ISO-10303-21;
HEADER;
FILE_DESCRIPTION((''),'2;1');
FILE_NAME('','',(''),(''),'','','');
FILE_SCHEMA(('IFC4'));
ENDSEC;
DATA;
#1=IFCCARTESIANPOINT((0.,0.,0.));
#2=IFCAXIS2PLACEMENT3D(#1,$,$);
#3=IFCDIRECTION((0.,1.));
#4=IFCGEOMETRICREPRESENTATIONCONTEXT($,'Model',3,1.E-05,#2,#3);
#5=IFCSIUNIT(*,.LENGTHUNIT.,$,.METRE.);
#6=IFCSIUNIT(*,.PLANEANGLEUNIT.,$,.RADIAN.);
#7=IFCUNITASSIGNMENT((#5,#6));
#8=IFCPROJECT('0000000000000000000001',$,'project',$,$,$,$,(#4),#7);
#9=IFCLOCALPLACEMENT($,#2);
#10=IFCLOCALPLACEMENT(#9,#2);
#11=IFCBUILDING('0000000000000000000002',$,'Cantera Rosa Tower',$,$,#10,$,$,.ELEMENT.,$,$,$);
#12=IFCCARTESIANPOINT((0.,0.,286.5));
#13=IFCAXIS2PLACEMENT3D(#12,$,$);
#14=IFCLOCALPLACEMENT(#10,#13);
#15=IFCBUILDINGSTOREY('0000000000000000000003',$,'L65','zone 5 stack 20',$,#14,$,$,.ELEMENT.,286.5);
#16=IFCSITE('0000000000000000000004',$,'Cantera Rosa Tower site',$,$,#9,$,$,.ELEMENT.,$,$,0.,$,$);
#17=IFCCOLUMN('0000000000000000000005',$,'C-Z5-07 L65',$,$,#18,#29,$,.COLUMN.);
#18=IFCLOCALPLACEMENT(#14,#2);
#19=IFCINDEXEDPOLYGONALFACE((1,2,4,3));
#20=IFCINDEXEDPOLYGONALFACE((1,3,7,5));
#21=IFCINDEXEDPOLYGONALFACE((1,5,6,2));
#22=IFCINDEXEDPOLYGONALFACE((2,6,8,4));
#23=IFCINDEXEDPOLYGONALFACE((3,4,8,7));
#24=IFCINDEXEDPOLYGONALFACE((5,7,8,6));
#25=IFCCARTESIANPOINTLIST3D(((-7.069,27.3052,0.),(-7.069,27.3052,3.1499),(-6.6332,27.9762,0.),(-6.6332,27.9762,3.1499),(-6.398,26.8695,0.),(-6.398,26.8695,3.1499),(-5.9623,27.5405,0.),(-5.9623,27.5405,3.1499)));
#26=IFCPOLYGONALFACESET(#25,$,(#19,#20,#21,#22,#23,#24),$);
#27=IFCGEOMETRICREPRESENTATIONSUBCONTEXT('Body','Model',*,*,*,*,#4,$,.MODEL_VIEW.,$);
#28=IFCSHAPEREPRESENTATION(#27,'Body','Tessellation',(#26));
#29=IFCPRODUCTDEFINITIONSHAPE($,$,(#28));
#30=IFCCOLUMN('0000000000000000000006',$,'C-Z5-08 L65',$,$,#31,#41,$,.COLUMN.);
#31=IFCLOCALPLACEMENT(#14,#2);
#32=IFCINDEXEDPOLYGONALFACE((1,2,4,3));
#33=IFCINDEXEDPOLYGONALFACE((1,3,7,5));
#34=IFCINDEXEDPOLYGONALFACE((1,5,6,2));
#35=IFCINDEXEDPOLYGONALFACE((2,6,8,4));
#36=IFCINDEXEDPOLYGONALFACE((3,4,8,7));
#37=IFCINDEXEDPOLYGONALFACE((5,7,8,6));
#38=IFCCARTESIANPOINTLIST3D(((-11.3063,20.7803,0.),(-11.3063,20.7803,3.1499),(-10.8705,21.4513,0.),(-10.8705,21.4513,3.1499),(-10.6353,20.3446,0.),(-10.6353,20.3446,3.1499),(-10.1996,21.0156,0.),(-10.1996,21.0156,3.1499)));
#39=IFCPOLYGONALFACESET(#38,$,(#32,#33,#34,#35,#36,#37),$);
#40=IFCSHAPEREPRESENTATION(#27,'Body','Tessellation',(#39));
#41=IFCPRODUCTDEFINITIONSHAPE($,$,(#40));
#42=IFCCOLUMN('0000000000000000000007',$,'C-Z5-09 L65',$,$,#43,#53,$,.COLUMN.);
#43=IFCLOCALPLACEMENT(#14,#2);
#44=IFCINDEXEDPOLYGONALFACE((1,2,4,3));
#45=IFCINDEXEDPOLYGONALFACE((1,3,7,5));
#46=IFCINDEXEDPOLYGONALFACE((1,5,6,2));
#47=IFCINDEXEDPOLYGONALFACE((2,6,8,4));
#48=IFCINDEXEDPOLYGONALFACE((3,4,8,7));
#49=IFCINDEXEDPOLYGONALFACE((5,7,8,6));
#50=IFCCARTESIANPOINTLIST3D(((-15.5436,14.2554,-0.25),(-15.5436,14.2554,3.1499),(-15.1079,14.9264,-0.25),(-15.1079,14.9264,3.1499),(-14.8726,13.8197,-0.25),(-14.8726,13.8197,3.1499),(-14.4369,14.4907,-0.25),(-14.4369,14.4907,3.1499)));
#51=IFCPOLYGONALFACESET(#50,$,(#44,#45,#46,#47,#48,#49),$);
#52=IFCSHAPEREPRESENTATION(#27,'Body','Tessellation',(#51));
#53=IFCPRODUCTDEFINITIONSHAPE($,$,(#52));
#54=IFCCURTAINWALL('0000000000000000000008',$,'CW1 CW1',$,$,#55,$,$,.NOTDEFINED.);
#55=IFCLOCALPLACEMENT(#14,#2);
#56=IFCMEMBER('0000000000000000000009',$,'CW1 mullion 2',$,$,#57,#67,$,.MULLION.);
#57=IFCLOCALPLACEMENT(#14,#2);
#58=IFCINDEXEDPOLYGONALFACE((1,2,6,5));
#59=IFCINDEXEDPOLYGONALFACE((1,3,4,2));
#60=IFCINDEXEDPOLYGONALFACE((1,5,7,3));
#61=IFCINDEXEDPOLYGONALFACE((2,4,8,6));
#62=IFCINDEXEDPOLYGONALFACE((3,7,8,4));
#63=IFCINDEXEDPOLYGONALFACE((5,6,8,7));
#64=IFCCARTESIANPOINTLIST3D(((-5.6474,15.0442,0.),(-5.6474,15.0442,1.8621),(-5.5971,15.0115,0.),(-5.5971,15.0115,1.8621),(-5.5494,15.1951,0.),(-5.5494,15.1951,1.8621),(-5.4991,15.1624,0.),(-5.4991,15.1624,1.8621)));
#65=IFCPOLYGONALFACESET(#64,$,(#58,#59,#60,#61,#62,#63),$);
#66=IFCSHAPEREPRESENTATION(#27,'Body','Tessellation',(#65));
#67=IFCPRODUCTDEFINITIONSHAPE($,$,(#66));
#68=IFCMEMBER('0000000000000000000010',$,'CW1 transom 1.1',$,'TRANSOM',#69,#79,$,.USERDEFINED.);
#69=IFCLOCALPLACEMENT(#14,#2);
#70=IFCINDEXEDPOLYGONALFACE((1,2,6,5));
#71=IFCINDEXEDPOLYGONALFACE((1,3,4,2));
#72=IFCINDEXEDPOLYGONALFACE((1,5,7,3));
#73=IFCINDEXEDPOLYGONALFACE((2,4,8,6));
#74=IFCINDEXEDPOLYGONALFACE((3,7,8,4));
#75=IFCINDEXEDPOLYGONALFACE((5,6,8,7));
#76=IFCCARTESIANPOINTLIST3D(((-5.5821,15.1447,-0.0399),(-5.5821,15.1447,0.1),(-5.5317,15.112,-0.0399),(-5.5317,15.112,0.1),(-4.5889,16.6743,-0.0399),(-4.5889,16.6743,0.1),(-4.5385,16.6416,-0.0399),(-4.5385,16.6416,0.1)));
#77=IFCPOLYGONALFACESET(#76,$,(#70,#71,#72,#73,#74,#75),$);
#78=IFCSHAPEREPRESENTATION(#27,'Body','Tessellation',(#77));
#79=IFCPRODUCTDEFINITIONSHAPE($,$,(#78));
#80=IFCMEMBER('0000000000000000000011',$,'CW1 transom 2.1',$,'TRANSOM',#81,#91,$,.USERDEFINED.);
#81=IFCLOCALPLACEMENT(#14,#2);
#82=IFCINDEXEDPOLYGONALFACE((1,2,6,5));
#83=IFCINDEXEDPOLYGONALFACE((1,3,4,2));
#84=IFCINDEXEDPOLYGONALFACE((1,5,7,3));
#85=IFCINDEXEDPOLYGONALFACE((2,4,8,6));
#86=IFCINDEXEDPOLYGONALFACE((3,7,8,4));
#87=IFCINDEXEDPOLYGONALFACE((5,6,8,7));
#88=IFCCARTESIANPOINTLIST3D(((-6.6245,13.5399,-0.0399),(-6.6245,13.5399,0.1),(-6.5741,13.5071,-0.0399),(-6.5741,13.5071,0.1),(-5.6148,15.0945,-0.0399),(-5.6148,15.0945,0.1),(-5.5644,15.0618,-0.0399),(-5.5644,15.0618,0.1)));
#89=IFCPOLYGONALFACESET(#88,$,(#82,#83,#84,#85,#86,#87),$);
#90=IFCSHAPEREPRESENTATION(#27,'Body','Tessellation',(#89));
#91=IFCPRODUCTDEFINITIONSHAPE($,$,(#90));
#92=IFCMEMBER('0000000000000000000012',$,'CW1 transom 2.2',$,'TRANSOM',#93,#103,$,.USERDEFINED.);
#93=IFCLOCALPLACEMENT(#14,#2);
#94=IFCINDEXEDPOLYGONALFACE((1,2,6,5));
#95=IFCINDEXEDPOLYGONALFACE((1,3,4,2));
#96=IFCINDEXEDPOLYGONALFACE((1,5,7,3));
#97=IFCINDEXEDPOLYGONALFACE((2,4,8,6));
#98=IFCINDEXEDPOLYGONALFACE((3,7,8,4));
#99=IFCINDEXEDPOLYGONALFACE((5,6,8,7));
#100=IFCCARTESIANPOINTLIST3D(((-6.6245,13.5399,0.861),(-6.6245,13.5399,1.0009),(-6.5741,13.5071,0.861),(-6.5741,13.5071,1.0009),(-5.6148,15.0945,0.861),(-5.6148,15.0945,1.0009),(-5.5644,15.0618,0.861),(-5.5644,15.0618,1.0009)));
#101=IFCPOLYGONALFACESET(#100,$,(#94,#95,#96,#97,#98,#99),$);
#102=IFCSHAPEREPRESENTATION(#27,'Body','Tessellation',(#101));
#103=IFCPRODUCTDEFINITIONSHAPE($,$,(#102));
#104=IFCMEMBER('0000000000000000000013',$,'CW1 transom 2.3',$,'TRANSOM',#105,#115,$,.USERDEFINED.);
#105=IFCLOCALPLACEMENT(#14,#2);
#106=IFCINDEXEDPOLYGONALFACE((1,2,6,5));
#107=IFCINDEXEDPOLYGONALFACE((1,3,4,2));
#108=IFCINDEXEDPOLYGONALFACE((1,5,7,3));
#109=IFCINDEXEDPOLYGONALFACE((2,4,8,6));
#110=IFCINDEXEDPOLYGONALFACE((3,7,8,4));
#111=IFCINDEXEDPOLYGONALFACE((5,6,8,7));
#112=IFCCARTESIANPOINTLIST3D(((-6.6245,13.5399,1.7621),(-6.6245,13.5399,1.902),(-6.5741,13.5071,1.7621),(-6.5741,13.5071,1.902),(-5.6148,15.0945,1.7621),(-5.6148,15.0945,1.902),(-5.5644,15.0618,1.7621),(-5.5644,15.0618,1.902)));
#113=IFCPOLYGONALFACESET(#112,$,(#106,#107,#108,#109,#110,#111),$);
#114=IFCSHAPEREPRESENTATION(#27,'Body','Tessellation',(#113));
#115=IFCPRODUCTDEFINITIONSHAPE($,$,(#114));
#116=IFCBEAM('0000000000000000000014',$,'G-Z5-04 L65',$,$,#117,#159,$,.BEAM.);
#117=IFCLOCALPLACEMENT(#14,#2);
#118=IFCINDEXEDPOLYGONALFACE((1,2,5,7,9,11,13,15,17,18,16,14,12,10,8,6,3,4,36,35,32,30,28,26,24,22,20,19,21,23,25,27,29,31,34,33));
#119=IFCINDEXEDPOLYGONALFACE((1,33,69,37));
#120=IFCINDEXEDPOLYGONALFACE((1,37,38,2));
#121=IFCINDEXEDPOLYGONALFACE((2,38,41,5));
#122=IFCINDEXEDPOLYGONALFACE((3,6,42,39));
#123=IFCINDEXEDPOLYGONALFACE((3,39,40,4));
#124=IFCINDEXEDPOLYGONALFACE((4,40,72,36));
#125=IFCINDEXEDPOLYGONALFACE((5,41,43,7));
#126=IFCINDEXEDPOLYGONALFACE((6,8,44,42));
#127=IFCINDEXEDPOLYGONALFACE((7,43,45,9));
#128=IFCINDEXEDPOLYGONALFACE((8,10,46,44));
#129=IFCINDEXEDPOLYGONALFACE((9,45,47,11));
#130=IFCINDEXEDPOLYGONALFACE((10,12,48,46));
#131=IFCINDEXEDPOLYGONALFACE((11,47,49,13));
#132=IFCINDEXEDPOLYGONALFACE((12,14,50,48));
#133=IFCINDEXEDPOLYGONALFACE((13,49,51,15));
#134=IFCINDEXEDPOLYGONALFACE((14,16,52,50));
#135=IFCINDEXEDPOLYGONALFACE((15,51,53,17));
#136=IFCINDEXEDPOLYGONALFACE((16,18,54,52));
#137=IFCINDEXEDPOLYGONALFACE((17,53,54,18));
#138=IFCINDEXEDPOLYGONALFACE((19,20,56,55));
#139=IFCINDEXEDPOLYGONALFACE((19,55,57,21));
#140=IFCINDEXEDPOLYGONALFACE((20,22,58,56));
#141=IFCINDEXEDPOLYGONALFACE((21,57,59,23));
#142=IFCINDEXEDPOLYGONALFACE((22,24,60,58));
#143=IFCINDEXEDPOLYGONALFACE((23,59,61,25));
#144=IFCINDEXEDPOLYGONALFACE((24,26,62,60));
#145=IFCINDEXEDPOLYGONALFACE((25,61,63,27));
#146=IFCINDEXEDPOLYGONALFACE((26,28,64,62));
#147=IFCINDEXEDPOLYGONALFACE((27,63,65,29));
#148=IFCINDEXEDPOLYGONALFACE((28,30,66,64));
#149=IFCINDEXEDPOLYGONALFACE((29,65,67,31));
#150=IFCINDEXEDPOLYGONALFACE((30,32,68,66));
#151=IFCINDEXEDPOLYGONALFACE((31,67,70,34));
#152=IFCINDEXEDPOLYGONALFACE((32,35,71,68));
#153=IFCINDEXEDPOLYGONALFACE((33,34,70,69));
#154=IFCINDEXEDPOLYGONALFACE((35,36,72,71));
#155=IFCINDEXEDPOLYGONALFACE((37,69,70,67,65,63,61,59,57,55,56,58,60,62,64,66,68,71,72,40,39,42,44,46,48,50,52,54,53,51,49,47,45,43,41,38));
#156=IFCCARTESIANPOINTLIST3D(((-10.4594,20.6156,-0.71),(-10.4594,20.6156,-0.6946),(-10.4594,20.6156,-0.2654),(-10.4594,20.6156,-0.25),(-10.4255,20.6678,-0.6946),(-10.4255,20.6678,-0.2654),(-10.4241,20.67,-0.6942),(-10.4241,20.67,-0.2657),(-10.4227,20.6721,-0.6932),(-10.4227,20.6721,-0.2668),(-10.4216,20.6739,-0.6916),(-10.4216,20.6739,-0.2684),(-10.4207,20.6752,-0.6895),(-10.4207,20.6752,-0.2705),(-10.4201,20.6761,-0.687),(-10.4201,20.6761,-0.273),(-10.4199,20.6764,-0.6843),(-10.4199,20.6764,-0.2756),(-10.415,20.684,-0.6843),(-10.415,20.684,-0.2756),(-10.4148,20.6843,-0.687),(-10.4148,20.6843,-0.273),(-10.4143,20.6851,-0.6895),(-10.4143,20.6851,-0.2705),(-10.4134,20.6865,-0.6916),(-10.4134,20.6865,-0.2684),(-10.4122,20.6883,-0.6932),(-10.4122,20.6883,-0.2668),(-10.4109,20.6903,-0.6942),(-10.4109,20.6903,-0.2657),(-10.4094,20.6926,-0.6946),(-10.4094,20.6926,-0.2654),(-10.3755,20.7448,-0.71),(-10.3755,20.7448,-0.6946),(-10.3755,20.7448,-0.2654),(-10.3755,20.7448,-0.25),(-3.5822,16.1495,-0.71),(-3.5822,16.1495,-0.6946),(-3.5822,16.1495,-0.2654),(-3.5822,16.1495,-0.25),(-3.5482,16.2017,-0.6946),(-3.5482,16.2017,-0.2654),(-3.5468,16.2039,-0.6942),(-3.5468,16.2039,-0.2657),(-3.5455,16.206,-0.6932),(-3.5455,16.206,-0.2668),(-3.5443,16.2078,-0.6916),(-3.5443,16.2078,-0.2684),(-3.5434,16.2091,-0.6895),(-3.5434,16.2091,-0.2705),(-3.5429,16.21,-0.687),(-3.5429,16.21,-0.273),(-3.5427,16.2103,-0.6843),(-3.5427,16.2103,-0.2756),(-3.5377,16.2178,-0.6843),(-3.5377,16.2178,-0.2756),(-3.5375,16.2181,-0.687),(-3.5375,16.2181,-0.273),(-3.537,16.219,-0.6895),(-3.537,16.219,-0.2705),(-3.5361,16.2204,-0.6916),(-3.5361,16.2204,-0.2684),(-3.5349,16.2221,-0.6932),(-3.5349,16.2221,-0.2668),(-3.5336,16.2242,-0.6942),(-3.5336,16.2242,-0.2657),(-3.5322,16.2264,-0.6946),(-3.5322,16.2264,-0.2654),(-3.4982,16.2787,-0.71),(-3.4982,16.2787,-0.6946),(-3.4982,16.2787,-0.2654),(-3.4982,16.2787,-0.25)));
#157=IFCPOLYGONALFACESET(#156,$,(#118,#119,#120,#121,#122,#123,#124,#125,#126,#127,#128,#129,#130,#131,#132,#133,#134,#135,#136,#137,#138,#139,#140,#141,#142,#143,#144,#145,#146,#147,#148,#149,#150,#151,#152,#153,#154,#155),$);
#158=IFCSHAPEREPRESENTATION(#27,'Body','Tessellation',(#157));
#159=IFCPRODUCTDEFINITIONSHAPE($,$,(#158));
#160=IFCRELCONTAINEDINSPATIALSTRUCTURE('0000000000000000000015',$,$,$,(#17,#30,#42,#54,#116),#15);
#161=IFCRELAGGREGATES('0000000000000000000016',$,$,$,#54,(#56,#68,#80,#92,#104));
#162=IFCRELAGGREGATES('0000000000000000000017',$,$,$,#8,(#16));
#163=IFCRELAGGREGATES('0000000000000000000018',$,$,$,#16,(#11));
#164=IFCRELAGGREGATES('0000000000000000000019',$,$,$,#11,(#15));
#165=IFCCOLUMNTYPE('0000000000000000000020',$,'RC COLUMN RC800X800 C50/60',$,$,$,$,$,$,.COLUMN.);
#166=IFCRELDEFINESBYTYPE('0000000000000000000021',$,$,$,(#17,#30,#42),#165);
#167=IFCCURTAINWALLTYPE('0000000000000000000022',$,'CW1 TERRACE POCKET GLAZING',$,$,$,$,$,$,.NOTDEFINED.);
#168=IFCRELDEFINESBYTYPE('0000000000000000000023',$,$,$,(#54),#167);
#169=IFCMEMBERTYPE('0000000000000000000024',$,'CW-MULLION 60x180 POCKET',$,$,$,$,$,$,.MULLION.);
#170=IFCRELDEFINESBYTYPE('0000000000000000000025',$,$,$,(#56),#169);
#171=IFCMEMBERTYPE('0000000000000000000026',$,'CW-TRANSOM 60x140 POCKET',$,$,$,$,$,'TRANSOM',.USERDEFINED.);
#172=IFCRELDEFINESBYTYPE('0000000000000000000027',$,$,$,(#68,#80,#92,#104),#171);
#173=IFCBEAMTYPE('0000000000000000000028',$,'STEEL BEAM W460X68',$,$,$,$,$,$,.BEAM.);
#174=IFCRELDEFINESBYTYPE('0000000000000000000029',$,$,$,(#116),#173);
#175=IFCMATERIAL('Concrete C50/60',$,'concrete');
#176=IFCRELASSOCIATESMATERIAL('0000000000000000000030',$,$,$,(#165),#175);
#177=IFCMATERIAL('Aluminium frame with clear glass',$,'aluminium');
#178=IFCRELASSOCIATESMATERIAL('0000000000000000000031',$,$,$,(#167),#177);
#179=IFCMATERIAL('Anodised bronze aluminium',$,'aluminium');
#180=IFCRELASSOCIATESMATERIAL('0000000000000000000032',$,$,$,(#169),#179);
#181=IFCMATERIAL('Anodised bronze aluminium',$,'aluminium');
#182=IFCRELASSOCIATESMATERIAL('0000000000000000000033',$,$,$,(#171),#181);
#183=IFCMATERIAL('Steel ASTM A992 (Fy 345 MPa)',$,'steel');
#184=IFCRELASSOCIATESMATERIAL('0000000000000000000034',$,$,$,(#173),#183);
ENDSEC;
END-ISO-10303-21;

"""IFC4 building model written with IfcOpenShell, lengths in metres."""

from ifc_helpers import new_model, si_unit, direction, frame, origin, origin_2d, place, context, subcontext, project, spatial, rectangle, i_section, extrude, material, material_profile, profile_set, type_object, element, aggregate, save


model = new_model("IFC4")

# Units and contexts
model_context = context("Model", 3, precision=1e-05, world=origin(), true_north=direction((0.0, 1.0)))
body_context = subcontext(model_context, "Body", "Model", "MODEL_VIEW")
ifc_project = project(units=[si_unit("LENGTHUNIT", "METRE"), si_unit("PLANEANGLEUNIT", "RADIAN")], contexts=[model_context])

# Site, building, storey
site_placement = place(None, origin())
site = spatial("IfcSite", under=ifc_project, at=site_placement, Name="Cantera Rosa Tower site", CompositionType="ELEMENT", RefElevation=0.0)
building_placement = place(site_placement, origin())
building = spatial("IfcBuilding", under=site, at=building_placement, Name="Cantera Rosa Tower", CompositionType="ELEMENT")
storey_placement = place(building_placement, frame((0.0, 0.0, 286.5)))
storey = spatial("IfcBuildingStorey", under=building, at=storey_placement, Name="L65", Description="zone 5 stack 20", CompositionType="ELEMENT", Elevation=286.5)

# Columns
ifc_material_1 = material(Name="Concrete C50/60", Category="concrete")
ifc_material_profile_1 = material_profile(ifc_material_1, rectangle(XDim=0.8, YDim=0.8, at=origin_2d()), Name="RC COLUMN RC800X800 C50/60")
ifc_profile_set_1 = profile_set([ifc_material_profile_1], Name="Concrete C50/60")
column_type = type_object("IfcColumnType", Name="RC COLUMN RC800X800 C50/60", PredefinedType="COLUMN", material=ifc_profile_set_1)
for number, where, z_axis, x_axis, name in (
    (1, (-6.5156, 27.4229, 0.0), (0.0, 0.0, 1.0), (0.544639, 0.838671, 0.0), "C-Z5-07 L65"),
    (2, (-10.7529, 20.8979, 0.0), (0.0, 0.0, 1.0), (0.544639, 0.838671, 0.0), "C-Z5-08 L65"),
):
    element("IfcColumn", number, at=place(storey_placement, frame(where, z_axis=z_axis, x_axis=x_axis)), inside=storey, type_object=column_type, Name=name, PredefinedType="COLUMN", context=body_context, shape_type="SweptSolid", body=[
        extrude(rectangle(XDim=0.8, YDim=0.8, at=origin_2d()), origin(), (0.0, 0.0, 1.0), 3.1499),
    ])
column_placement = place(storey_placement, frame((-14.9902, 14.373, -0.25), z_axis=(0.0, 0.0, 1.0), x_axis=(0.544639, 0.838671, 0.0)))
element("IfcColumn", 3, at=column_placement, inside=storey, type_object=column_type, Name="C-Z5-09 L65", PredefinedType="COLUMN", context=body_context, shape_type="SweptSolid", body=[
    extrude(rectangle(XDim=0.8, YDim=0.8, at=origin_2d()), origin(), (0.0, 0.0, 1.0), 3.3999),
])

# Curtain wall, members
ifc_material_2 = material(Name="Aluminium frame with clear glass", Category="aluminium")
curtain_wall_type = type_object("IfcCurtainWallType", Name="CW1 TERRACE POCKET GLAZING", PredefinedType="NOTDEFINED", material=ifc_material_2)
curtain_wall_placement = place(storey_placement, origin())
curtain_wall = element("IfcCurtainWall", 4, at=curtain_wall_placement, inside=storey, type_object=curtain_wall_type, Name="CW1 CW1", PredefinedType="NOTDEFINED")
ifc_material_3 = material(Name="Anodised bronze aluminium", Category="aluminium")
ifc_material_profile_2 = material_profile(ifc_material_3, rectangle(XDim=0.0601, YDim=0.1799, at=origin_2d()), Name="CW-MULLION 60x180 POCKET")
ifc_profile_set_2 = profile_set([ifc_material_profile_2], Name="Anodised bronze aluminium")
member_type_1 = type_object("IfcMemberType", Name="CW-MULLION 60x180 POCKET", PredefinedType="MULLION", material=ifc_profile_set_2)
member_1_placement = place(storey_placement, frame((-5.5732, 15.1033, 0.0), z_axis=(0.0, 0.0, 1.0), x_axis=(0.838671, -0.544639, 0.0)))
member_1 = element("IfcMember", 5, at=member_1_placement, type_object=member_type_1, Name="CW1 mullion 2", PredefinedType="MULLION", context=body_context, shape_type="SweptSolid", body=[
    extrude(rectangle(XDim=0.0601, YDim=0.1799, at=origin_2d()), origin(), (0.0, 0.0, 1.0), 1.8621),
])
ifc_material_4 = material(Name="Anodised bronze aluminium", Category="aluminium")
ifc_material_profile_3 = material_profile(ifc_material_4, rectangle(XDim=0.0601, YDim=0.1399, at=origin_2d()), Name="CW-TRANSOM 60x140 POCKET")
ifc_profile_set_3 = profile_set([ifc_material_profile_3], Name="Anodised bronze aluminium")
member_type_2 = type_object("IfcMemberType", Name="CW-TRANSOM 60x140 POCKET", ElementType="TRANSOM", PredefinedType="USERDEFINED", material=ifc_profile_set_3)
member_2_placement = place(storey_placement, frame((-4.5637, 16.658, 0.03), z_axis=(-0.544588, -0.838703, 0.0), x_axis=(0.838703, -0.544588, 0.0)))
member_2 = element("IfcMember", 6, at=member_2_placement, type_object=member_type_2, Name="CW1 transom 1.1", ObjectType="TRANSOM", PredefinedType="USERDEFINED", context=body_context, shape_type="SweptSolid", body=[
    extrude(rectangle(XDim=0.0601, YDim=0.1399, at=origin_2d()), origin(), (0.0, 0.0, 1.0), 1.8237),
])
member_3_placement = place(storey_placement, frame((-5.5896, 15.0781, 0.03), z_axis=(-0.544692, -0.838636, 0.0), x_axis=(0.838636, -0.544692, 0.0)))
member_3 = element("IfcMember", 7, at=member_3_placement, type_object=member_type_2, Name="CW1 transom 2.1", ObjectType="TRANSOM", PredefinedType="USERDEFINED", context=body_context, shape_type="SweptSolid", body=[
    extrude(rectangle(XDim=0.0601, YDim=0.1399, at=origin_2d()), origin(), (0.0, 0.0, 1.0), 1.8538),
])
member_4_placement = place(storey_placement, frame((-5.5896, 15.0781, 0.9309), z_axis=(-0.544692, -0.838636, 0.0), x_axis=(0.838636, -0.544692, 0.0)))
member_4 = element("IfcMember", 8, at=member_4_placement, type_object=member_type_2, Name="CW1 transom 2.2", ObjectType="TRANSOM", PredefinedType="USERDEFINED", context=body_context, shape_type="SweptSolid", body=[
    extrude(rectangle(XDim=0.0601, YDim=0.1399, at=origin_2d()), origin(), (0.0, 0.0, 1.0), 1.8538),
])
member_5_placement = place(storey_placement, frame((-5.5896, 15.0781, 1.832), z_axis=(-0.544692, -0.838636, 0.0), x_axis=(0.838636, -0.544692, 0.0)))
member_5 = element("IfcMember", 9, at=member_5_placement, type_object=member_type_2, Name="CW1 transom 2.3", ObjectType="TRANSOM", PredefinedType="USERDEFINED", context=body_context, shape_type="SweptSolid", body=[
    extrude(rectangle(XDim=0.0601, YDim=0.1399, at=origin_2d()), origin(), (0.0, 0.0, 1.0), 1.8538),
])

# Beam
ifc_material_5 = material(Name="Steel ASTM A992 (Fy 345 MPa)", Category="steel")
ifc_material_profile_4 = material_profile(ifc_material_5, i_section(OverallWidth=0.1541, OverallDepth=0.46, WebThickness=0.009, FlangeThickness=0.0154, FilletRadius=0.0103, at=origin_2d()), Name="W460X68")
ifc_profile_set_4 = profile_set([ifc_material_profile_4], Name="Steel ASTM A992 (Fy 345 MPa)")
beam_type_1 = type_object("IfcBeamType", Name="STEEL BEAM W460X68", PredefinedType="BEAM", material=ifc_profile_set_4)
beam_1_placement = place(storey_placement, frame((-10.4175, 20.6802, -0.48), z_axis=(0.838673, -0.544636, 0.0), x_axis=(0.544636, 0.838673, 0.0)))
element("IfcBeam", 10, at=beam_1_placement, inside=storey, type_object=beam_type_1, Name="G-Z5-04 L65", PredefinedType="BEAM", context=body_context, shape_type="SweptSolid", body=[
    extrude(i_section(OverallWidth=0.1541, OverallDepth=0.46, WebThickness=0.009, FlangeThickness=0.0154, FilletRadius=0.0103, at=origin_2d()), origin(), (0.0, 0.0, 1.0), 8.2002),
])

aggregate(curtain_wall, [member_1, member_2, member_3, member_4, member_5])

save(model, "model.ifc")
